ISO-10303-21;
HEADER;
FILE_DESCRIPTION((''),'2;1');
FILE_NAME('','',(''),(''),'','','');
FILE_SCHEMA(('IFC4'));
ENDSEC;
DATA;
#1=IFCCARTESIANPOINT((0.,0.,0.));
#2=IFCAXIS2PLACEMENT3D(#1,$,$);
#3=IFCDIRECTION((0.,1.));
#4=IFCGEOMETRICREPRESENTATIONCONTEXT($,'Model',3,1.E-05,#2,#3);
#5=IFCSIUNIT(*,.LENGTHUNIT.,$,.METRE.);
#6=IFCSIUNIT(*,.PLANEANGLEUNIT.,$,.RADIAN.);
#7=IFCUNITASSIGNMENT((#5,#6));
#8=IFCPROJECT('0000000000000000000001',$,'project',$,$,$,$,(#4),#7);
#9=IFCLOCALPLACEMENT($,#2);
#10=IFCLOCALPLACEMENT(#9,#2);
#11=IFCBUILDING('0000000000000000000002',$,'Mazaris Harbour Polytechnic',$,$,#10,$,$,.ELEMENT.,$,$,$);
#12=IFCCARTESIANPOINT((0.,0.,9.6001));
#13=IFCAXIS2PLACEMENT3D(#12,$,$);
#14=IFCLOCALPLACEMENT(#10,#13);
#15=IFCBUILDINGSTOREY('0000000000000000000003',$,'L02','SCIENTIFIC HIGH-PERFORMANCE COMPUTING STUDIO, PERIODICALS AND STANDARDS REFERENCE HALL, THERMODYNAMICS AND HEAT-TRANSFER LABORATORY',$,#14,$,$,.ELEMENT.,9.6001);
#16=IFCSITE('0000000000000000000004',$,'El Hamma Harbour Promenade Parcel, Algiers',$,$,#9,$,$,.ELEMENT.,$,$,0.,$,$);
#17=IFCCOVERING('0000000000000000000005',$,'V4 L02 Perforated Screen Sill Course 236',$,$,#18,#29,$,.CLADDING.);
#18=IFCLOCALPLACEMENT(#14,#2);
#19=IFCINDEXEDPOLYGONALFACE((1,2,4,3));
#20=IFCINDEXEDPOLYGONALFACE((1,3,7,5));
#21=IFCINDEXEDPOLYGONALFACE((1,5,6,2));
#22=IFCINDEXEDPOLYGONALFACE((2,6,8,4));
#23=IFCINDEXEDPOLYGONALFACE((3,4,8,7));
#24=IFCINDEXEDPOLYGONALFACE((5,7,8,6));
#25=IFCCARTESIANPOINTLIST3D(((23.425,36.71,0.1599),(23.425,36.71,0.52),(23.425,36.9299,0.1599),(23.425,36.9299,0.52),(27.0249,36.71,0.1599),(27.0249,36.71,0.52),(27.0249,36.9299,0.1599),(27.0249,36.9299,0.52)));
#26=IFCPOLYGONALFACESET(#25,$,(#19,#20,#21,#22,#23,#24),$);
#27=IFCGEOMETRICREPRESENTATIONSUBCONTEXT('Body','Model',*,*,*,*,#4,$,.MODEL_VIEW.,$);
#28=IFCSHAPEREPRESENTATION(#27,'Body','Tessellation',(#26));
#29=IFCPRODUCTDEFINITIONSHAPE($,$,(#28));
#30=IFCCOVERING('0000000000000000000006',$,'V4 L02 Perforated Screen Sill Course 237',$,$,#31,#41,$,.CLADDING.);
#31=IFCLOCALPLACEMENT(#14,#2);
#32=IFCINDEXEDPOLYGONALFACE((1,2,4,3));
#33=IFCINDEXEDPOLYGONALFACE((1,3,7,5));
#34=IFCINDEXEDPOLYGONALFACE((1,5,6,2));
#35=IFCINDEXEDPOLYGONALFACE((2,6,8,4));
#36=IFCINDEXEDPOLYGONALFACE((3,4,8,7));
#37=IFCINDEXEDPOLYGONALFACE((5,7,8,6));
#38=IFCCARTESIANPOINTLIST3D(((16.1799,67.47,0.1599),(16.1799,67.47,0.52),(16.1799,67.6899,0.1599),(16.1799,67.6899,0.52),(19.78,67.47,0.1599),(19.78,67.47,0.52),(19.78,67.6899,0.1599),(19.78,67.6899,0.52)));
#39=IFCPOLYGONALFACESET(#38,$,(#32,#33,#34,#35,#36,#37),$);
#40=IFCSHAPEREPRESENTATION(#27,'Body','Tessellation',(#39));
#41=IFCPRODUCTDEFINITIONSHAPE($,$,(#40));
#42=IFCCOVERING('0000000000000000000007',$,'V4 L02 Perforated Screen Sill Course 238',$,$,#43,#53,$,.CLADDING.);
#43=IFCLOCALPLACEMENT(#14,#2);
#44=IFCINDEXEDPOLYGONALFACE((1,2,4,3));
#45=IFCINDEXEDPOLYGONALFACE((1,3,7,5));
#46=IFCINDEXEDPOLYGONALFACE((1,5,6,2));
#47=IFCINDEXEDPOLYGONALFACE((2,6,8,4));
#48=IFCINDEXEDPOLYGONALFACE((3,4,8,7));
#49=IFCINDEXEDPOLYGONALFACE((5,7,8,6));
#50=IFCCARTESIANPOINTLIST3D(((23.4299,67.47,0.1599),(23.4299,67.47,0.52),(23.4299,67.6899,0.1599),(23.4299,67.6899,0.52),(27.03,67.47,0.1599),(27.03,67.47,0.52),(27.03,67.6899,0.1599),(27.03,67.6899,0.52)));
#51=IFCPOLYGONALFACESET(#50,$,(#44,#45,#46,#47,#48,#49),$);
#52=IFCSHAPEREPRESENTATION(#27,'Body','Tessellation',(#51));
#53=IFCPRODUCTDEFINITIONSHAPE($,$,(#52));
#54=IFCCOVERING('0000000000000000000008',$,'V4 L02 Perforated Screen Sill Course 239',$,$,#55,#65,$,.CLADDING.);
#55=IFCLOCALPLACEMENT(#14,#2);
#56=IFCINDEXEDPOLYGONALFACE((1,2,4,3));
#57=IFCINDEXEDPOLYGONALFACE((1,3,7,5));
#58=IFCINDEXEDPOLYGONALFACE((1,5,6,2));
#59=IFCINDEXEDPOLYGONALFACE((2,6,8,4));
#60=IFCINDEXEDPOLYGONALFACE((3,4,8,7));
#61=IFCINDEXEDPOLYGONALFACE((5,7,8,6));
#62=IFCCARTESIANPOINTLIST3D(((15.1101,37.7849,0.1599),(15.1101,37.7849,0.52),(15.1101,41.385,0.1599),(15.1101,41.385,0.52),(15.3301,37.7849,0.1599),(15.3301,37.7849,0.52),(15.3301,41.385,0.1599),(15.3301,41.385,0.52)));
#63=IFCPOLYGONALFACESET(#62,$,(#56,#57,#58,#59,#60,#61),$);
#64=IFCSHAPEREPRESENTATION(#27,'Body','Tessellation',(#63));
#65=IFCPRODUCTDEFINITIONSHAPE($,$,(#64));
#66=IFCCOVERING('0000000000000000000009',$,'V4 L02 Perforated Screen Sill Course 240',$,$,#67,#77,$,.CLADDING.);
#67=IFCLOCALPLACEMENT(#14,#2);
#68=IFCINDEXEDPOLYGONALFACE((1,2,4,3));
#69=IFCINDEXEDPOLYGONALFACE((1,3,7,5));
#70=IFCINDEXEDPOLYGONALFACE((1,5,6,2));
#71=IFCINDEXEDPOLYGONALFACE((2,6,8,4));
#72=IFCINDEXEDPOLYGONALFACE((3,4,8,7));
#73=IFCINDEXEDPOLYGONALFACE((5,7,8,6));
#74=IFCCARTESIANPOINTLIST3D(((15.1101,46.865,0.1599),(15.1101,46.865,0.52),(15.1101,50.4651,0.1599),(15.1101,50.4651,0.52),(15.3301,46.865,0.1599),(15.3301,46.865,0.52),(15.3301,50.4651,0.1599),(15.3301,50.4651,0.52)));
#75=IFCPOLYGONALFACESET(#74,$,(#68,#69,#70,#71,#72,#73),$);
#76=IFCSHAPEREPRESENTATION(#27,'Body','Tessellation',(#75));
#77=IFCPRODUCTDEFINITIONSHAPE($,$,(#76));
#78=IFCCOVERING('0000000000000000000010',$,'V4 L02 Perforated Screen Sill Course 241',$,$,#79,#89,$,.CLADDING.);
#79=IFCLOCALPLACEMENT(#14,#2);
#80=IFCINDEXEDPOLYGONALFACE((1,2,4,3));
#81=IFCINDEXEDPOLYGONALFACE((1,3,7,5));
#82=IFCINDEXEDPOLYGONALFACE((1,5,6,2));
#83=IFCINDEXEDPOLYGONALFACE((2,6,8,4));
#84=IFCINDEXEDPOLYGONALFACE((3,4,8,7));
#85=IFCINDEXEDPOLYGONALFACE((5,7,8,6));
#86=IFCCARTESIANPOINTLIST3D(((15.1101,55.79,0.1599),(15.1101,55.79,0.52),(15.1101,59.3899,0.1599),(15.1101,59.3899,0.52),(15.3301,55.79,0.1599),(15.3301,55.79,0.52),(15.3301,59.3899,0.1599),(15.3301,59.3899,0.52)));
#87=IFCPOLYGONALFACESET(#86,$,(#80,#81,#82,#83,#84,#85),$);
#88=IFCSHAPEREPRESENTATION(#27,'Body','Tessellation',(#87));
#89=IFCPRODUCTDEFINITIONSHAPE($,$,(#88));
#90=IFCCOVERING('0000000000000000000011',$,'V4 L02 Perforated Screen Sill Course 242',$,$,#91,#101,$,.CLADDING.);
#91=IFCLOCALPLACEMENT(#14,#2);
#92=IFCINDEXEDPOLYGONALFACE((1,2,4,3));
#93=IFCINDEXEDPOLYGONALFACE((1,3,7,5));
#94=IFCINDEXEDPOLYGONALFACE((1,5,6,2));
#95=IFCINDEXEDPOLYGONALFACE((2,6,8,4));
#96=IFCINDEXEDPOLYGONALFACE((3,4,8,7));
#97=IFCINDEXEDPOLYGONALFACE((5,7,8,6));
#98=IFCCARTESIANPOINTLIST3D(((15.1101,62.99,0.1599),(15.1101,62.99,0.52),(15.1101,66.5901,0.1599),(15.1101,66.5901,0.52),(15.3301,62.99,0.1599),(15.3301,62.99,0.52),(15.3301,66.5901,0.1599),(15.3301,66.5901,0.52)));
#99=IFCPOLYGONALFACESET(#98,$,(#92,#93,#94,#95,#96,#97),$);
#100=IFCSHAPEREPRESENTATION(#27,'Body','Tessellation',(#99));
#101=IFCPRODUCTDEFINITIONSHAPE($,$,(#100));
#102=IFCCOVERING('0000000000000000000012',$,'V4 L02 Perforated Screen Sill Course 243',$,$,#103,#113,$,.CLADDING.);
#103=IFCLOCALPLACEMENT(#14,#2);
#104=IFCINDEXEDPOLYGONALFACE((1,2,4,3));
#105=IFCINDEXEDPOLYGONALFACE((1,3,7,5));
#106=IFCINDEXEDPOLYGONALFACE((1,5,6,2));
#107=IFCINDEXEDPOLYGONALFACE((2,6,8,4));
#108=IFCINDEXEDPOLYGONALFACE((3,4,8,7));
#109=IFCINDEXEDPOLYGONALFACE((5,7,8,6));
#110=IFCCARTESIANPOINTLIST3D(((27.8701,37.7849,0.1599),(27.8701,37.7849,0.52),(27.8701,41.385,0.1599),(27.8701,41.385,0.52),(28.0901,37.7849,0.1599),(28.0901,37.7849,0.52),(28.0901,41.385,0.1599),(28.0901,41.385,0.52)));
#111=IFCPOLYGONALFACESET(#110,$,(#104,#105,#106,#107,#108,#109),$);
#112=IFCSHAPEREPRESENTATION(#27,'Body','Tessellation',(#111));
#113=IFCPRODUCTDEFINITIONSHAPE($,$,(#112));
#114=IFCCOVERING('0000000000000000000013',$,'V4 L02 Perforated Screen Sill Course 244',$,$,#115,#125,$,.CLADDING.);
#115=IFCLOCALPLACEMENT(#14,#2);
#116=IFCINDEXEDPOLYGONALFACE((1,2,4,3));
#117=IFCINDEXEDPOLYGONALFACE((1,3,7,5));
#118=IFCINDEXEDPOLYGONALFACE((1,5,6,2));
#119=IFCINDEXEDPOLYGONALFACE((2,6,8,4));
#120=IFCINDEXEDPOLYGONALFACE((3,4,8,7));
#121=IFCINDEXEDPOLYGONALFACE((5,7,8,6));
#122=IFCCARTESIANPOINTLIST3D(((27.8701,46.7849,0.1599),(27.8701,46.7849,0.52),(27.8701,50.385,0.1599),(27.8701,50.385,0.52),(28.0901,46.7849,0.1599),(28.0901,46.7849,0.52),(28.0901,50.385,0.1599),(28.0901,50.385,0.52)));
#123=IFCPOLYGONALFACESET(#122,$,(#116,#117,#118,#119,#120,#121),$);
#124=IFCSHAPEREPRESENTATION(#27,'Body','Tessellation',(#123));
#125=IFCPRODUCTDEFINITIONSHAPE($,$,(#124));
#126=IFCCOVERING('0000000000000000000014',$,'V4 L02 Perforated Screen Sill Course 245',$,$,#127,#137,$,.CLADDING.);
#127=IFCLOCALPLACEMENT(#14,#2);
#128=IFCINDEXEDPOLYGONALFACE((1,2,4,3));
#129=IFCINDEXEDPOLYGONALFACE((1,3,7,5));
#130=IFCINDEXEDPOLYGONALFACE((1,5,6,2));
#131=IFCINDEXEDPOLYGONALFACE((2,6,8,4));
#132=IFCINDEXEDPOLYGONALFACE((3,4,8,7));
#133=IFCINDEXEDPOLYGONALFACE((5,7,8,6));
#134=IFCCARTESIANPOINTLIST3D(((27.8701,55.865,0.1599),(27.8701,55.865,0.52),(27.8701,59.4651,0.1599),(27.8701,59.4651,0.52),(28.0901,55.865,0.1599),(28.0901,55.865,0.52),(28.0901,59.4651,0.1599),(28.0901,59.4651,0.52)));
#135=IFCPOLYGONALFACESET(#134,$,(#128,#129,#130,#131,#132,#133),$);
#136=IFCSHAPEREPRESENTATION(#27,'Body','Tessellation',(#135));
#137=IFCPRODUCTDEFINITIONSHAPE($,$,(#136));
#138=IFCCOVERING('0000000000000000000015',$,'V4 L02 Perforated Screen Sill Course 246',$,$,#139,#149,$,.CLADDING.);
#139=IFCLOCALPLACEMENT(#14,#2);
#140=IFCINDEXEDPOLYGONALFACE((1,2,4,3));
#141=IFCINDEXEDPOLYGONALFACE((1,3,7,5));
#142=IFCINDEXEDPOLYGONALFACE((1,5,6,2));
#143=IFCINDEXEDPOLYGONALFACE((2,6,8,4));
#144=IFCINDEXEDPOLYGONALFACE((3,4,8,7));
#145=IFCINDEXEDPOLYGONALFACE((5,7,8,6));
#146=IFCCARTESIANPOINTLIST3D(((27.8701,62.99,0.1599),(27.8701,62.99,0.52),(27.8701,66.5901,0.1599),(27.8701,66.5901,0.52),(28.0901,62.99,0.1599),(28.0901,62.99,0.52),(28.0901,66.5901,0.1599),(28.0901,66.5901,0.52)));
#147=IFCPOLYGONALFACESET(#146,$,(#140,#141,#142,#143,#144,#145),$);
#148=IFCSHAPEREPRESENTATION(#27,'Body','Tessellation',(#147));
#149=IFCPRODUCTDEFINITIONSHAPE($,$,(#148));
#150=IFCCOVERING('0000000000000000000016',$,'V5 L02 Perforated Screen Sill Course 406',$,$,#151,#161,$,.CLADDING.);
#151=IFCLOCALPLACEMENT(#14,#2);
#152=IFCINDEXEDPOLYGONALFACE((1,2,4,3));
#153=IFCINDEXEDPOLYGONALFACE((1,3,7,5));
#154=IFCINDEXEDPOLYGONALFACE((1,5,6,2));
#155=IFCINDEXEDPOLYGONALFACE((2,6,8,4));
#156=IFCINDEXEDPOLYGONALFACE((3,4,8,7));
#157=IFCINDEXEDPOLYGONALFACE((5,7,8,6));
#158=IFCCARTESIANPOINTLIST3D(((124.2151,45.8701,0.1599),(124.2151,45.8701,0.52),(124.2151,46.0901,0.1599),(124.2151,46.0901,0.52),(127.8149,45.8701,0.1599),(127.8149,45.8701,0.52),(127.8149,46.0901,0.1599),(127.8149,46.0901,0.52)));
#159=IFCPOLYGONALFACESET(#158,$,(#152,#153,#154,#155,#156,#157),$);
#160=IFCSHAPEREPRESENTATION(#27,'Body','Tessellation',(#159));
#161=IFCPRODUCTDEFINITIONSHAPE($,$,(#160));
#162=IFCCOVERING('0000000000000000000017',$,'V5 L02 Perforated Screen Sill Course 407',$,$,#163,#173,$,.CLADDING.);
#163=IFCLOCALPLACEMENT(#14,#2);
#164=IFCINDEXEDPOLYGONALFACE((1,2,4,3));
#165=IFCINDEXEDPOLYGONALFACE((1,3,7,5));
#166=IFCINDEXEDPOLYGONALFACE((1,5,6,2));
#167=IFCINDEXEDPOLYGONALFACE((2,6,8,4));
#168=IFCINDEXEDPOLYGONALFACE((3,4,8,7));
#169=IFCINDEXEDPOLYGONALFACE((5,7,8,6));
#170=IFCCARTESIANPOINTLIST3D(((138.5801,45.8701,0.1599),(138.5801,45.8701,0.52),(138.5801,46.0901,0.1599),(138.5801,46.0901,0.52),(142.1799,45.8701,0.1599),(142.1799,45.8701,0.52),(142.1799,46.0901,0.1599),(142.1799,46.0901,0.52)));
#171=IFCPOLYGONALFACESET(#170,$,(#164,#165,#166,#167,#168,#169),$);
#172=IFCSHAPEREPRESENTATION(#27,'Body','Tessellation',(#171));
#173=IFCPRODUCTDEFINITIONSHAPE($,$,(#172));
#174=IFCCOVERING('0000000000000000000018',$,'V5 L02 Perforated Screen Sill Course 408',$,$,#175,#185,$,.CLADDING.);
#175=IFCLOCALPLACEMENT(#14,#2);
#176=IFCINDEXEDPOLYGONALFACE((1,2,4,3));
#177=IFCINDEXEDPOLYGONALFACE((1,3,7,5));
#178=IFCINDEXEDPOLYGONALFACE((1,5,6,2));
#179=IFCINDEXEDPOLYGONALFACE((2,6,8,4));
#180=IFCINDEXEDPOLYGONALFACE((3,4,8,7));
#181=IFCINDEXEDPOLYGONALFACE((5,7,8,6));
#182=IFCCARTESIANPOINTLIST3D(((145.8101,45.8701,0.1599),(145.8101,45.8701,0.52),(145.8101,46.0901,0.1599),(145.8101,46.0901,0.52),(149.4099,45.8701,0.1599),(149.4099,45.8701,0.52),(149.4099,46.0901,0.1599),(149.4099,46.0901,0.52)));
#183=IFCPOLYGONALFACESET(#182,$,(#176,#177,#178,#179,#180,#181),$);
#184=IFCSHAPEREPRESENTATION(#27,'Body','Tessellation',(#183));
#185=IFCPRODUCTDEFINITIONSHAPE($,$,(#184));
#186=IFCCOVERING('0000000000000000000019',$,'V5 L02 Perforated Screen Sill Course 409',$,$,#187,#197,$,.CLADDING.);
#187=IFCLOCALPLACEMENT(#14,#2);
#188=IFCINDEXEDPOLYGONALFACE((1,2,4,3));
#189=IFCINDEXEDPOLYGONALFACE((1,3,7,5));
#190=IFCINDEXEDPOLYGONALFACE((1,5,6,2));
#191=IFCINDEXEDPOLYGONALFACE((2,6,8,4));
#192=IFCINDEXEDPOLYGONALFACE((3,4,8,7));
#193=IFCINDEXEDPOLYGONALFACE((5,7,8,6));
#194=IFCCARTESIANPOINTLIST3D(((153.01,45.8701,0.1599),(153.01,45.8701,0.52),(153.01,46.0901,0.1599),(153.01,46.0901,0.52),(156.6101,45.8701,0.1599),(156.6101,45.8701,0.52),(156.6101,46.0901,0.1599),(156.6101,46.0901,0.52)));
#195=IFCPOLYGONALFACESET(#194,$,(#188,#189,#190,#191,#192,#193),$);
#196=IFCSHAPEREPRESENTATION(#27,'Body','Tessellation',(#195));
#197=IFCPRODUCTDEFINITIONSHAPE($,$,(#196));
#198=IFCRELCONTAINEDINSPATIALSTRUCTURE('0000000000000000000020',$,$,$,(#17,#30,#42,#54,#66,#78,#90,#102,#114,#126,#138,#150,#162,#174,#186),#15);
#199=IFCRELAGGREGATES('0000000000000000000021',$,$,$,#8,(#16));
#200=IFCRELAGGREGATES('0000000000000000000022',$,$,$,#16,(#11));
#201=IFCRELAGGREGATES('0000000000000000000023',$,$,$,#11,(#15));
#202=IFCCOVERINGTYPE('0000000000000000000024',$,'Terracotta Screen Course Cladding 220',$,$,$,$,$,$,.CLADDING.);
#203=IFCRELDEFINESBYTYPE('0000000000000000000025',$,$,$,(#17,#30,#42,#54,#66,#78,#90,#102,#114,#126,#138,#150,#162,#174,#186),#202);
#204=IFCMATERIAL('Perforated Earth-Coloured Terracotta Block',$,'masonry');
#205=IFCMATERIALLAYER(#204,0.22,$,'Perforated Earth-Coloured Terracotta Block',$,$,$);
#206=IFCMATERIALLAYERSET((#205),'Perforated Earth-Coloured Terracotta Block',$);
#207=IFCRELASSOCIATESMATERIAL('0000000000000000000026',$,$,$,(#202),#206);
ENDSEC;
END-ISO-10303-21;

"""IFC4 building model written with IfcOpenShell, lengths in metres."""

from ifc_helpers import new_model, si_unit, direction, frame, origin, place, context, subcontext, project, spatial, polyline, outline, extrude, material, layer, layer_set, type_object, element, save


model = new_model("IFC4")

# Units and contexts
model_context = context("Model", 3, precision=1e-05, world=origin(), true_north=direction((0.0, 1.0)))
body_context = subcontext(model_context, "Body", "Model", "MODEL_VIEW")
ifc_project = project(units=[si_unit("LENGTHUNIT", "METRE"), si_unit("PLANEANGLEUNIT", "RADIAN")], contexts=[model_context])

# Site, building, storey
site_placement = place(None, origin())
site = spatial("IfcSite", under=ifc_project, at=site_placement, Name="El Hamma Harbour Promenade Parcel, Algiers", CompositionType="ELEMENT", RefElevation=0.0)
building_placement = place(site_placement, origin())
building = spatial("IfcBuilding", under=site, at=building_placement, Name="Mazaris Harbour Polytechnic", CompositionType="ELEMENT")
storey_placement = place(building_placement, frame((0.0, 0.0, 9.6001)))
storey = spatial("IfcBuildingStorey", under=building, at=storey_placement, Name="L02", Description="SCIENTIFIC HIGH-PERFORMANCE COMPUTING STUDIO, PERIODICALS AND STANDARDS REFERENCE HALL, THERMODYNAMICS AND HEAT-TRANSFER LABORATORY", CompositionType="ELEMENT", Elevation=9.6001)

# Coverings
ifc_material = material(Name="Perforated Earth-Coloured Terracotta Block", Category="masonry")
ifc_layer = layer(ifc_material, 0.22, Name="Perforated Earth-Coloured Terracotta Block")
ifc_layer_set = layer_set([ifc_layer], Name="Perforated Earth-Coloured Terracotta Block")
covering_type = type_object("IfcCoveringType", Name="Terracotta Screen Course Cladding 220", PredefinedType="CLADDING", material=ifc_layer_set)
covering_1_placement = place(storey_placement, frame((0.0, 0.0, 0.1599)))
element("IfcCovering", 1, at=covering_1_placement, inside=storey, type_object=covering_type, Name="V4 L02 Perforated Screen Sill Course 236", PredefinedType="CLADDING", context=body_context, shape_type="SweptSolid", body=[
    extrude(outline(polyline([(23.425, 36.71), (27.0249, 36.71), (27.0249, 36.9299), (23.425, 36.9299), (23.425, 36.71)])), origin(), (0.0, 0.0, 1.0), 0.3601),
])
covering_2_placement = place(storey_placement, frame((0.0, 0.0, 0.1599)))
element("IfcCovering", 2, at=covering_2_placement, inside=storey, type_object=covering_type, Name="V4 L02 Perforated Screen Sill Course 237", PredefinedType="CLADDING", context=body_context, shape_type="SweptSolid", body=[
    extrude(outline(polyline([(19.78, 67.6899), (16.1799, 67.6899), (16.1799, 67.47), (19.78, 67.47), (19.78, 67.6899)])), origin(), (0.0, 0.0, 1.0), 0.3601),
])
covering_3_placement = place(storey_placement, frame((0.0, 0.0, 0.1599)))
element("IfcCovering", 3, at=covering_3_placement, inside=storey, type_object=covering_type, Name="V4 L02 Perforated Screen Sill Course 238", PredefinedType="CLADDING", context=body_context, shape_type="SweptSolid", body=[
    extrude(outline(polyline([(27.03, 67.6899), (23.4299, 67.6899), (23.4299, 67.47), (27.03, 67.47), (27.03, 67.6899)])), origin(), (0.0, 0.0, 1.0), 0.3601),
])
covering_4_placement = place(storey_placement, frame((0.0, 0.0, 0.1599)))
element("IfcCovering", 4, at=covering_4_placement, inside=storey, type_object=covering_type, Name="V4 L02 Perforated Screen Sill Course 239", PredefinedType="CLADDING", context=body_context, shape_type="SweptSolid", body=[
    extrude(outline(polyline([(15.1101, 37.7849), (15.1101, 41.385), (15.3301, 41.385), (15.3301, 37.7849), (15.1101, 37.7849)])), origin(), (0.0, 0.0, 1.0), 0.3601),
])
covering_5_placement = place(storey_placement, frame((0.0, 0.0, 0.1599)))
element("IfcCovering", 5, at=covering_5_placement, inside=storey, type_object=covering_type, Name="V4 L02 Perforated Screen Sill Course 240", PredefinedType="CLADDING", context=body_context, shape_type="SweptSolid", body=[
    extrude(outline(polyline([(15.1101, 46.865), (15.1101, 50.4651), (15.3301, 50.4651), (15.3301, 46.865), (15.1101, 46.865)])), origin(), (0.0, 0.0, 1.0), 0.3601),
])
covering_6_placement = place(storey_placement, frame((0.0, 0.0, 0.1599)))
element("IfcCovering", 6, at=covering_6_placement, inside=storey, type_object=covering_type, Name="V4 L02 Perforated Screen Sill Course 241", PredefinedType="CLADDING", context=body_context, shape_type="SweptSolid", body=[
    extrude(outline(polyline([(15.1101, 55.79), (15.1101, 59.3899), (15.3301, 59.3899), (15.3301, 55.79), (15.1101, 55.79)])), origin(), (0.0, 0.0, 1.0), 0.3601),
])
covering_7_placement = place(storey_placement, frame((0.0, 0.0, 0.1599)))
element("IfcCovering", 7, at=covering_7_placement, inside=storey, type_object=covering_type, Name="V4 L02 Perforated Screen Sill Course 242", PredefinedType="CLADDING", context=body_context, shape_type="SweptSolid", body=[
    extrude(outline(polyline([(15.1101, 62.99), (15.1101, 66.5901), (15.3301, 66.5901), (15.3301, 62.99), (15.1101, 62.99)])), origin(), (0.0, 0.0, 1.0), 0.3601),
])
covering_8_placement = place(storey_placement, frame((0.0, 0.0, 0.1599)))
element("IfcCovering", 8, at=covering_8_placement, inside=storey, type_object=covering_type, Name="V4 L02 Perforated Screen Sill Course 243", PredefinedType="CLADDING", context=body_context, shape_type="SweptSolid", body=[
    extrude(outline(polyline([(28.0901, 41.385), (28.0901, 37.7849), (27.8701, 37.7849), (27.8701, 41.385), (28.0901, 41.385)])), origin(), (0.0, 0.0, 1.0), 0.3601),
])
covering_9_placement = place(storey_placement, frame((0.0, 0.0, 0.1599)))
element("IfcCovering", 9, at=covering_9_placement, inside=storey, type_object=covering_type, Name="V4 L02 Perforated Screen Sill Course 244", PredefinedType="CLADDING", context=body_context, shape_type="SweptSolid", body=[
    extrude(outline(polyline([(28.0901, 50.385), (28.0901, 46.7849), (27.8701, 46.7849), (27.8701, 50.385), (28.0901, 50.385)])), origin(), (0.0, 0.0, 1.0), 0.3601),
])
covering_10_placement = place(storey_placement, frame((0.0, 0.0, 0.1599)))
element("IfcCovering", 10, at=covering_10_placement, inside=storey, type_object=covering_type, Name="V4 L02 Perforated Screen Sill Course 245", PredefinedType="CLADDING", context=body_context, shape_type="SweptSolid", body=[
    extrude(outline(polyline([(28.0901, 59.4651), (28.0901, 55.865), (27.8701, 55.865), (27.8701, 59.4651), (28.0901, 59.4651)])), origin(), (0.0, 0.0, 1.0), 0.3601),
])
covering_11_placement = place(storey_placement, frame((0.0, 0.0, 0.1599)))
element("IfcCovering", 11, at=covering_11_placement, inside=storey, type_object=covering_type, Name="V4 L02 Perforated Screen Sill Course 246", PredefinedType="CLADDING", context=body_context, shape_type="SweptSolid", body=[
    extrude(outline(polyline([(28.0901, 66.5901), (28.0901, 62.99), (27.8701, 62.99), (27.8701, 66.5901), (28.0901, 66.5901)])), origin(), (0.0, 0.0, 1.0), 0.3601),
])
covering_12_placement = place(storey_placement, frame((0.0, 0.0, 0.1599)))
element("IfcCovering", 12, at=covering_12_placement, inside=storey, type_object=covering_type, Name="V5 L02 Perforated Screen Sill Course 406", PredefinedType="CLADDING", context=body_context, shape_type="SweptSolid", body=[
    extrude(outline(polyline([(127.8149, 46.0901), (124.2151, 46.0901), (124.2151, 45.8701), (127.8149, 45.8701), (127.8149, 46.0901)])), origin(), (0.0, 0.0, 1.0), 0.3601),
])
covering_13_placement = place(storey_placement, frame((0.0, 0.0, 0.1599)))
element("IfcCovering", 13, at=covering_13_placement, inside=storey, type_object=covering_type, Name="V5 L02 Perforated Screen Sill Course 407", PredefinedType="CLADDING", context=body_context, shape_type="SweptSolid", body=[
    extrude(outline(polyline([(142.1799, 46.0901), (138.5801, 46.0901), (138.5801, 45.8701), (142.1799, 45.8701), (142.1799, 46.0901)])), origin(), (0.0, 0.0, 1.0), 0.3601),
])
covering_14_placement = place(storey_placement, frame((0.0, 0.0, 0.1599)))
element("IfcCovering", 14, at=covering_14_placement, inside=storey, type_object=covering_type, Name="V5 L02 Perforated Screen Sill Course 408", PredefinedType="CLADDING", context=body_context, shape_type="SweptSolid", body=[
    extrude(outline(polyline([(149.4099, 46.0901), (145.8101, 46.0901), (145.8101, 45.8701), (149.4099, 45.8701), (149.4099, 46.0901)])), origin(), (0.0, 0.0, 1.0), 0.3601),
])
covering_15_placement = place(storey_placement, frame((0.0, 0.0, 0.1599)))
element("IfcCovering", 15, at=covering_15_placement, inside=storey, type_object=covering_type, Name="V5 L02 Perforated Screen Sill Course 409", PredefinedType="CLADDING", context=body_context, shape_type="SweptSolid", body=[
    extrude(outline(polyline([(156.6101, 46.0901), (153.01, 46.0901), (153.01, 45.8701), (156.6101, 45.8701), (156.6101, 46.0901)])), origin(), (0.0, 0.0, 1.0), 0.3601),
])

save(model, "model.ifc")
